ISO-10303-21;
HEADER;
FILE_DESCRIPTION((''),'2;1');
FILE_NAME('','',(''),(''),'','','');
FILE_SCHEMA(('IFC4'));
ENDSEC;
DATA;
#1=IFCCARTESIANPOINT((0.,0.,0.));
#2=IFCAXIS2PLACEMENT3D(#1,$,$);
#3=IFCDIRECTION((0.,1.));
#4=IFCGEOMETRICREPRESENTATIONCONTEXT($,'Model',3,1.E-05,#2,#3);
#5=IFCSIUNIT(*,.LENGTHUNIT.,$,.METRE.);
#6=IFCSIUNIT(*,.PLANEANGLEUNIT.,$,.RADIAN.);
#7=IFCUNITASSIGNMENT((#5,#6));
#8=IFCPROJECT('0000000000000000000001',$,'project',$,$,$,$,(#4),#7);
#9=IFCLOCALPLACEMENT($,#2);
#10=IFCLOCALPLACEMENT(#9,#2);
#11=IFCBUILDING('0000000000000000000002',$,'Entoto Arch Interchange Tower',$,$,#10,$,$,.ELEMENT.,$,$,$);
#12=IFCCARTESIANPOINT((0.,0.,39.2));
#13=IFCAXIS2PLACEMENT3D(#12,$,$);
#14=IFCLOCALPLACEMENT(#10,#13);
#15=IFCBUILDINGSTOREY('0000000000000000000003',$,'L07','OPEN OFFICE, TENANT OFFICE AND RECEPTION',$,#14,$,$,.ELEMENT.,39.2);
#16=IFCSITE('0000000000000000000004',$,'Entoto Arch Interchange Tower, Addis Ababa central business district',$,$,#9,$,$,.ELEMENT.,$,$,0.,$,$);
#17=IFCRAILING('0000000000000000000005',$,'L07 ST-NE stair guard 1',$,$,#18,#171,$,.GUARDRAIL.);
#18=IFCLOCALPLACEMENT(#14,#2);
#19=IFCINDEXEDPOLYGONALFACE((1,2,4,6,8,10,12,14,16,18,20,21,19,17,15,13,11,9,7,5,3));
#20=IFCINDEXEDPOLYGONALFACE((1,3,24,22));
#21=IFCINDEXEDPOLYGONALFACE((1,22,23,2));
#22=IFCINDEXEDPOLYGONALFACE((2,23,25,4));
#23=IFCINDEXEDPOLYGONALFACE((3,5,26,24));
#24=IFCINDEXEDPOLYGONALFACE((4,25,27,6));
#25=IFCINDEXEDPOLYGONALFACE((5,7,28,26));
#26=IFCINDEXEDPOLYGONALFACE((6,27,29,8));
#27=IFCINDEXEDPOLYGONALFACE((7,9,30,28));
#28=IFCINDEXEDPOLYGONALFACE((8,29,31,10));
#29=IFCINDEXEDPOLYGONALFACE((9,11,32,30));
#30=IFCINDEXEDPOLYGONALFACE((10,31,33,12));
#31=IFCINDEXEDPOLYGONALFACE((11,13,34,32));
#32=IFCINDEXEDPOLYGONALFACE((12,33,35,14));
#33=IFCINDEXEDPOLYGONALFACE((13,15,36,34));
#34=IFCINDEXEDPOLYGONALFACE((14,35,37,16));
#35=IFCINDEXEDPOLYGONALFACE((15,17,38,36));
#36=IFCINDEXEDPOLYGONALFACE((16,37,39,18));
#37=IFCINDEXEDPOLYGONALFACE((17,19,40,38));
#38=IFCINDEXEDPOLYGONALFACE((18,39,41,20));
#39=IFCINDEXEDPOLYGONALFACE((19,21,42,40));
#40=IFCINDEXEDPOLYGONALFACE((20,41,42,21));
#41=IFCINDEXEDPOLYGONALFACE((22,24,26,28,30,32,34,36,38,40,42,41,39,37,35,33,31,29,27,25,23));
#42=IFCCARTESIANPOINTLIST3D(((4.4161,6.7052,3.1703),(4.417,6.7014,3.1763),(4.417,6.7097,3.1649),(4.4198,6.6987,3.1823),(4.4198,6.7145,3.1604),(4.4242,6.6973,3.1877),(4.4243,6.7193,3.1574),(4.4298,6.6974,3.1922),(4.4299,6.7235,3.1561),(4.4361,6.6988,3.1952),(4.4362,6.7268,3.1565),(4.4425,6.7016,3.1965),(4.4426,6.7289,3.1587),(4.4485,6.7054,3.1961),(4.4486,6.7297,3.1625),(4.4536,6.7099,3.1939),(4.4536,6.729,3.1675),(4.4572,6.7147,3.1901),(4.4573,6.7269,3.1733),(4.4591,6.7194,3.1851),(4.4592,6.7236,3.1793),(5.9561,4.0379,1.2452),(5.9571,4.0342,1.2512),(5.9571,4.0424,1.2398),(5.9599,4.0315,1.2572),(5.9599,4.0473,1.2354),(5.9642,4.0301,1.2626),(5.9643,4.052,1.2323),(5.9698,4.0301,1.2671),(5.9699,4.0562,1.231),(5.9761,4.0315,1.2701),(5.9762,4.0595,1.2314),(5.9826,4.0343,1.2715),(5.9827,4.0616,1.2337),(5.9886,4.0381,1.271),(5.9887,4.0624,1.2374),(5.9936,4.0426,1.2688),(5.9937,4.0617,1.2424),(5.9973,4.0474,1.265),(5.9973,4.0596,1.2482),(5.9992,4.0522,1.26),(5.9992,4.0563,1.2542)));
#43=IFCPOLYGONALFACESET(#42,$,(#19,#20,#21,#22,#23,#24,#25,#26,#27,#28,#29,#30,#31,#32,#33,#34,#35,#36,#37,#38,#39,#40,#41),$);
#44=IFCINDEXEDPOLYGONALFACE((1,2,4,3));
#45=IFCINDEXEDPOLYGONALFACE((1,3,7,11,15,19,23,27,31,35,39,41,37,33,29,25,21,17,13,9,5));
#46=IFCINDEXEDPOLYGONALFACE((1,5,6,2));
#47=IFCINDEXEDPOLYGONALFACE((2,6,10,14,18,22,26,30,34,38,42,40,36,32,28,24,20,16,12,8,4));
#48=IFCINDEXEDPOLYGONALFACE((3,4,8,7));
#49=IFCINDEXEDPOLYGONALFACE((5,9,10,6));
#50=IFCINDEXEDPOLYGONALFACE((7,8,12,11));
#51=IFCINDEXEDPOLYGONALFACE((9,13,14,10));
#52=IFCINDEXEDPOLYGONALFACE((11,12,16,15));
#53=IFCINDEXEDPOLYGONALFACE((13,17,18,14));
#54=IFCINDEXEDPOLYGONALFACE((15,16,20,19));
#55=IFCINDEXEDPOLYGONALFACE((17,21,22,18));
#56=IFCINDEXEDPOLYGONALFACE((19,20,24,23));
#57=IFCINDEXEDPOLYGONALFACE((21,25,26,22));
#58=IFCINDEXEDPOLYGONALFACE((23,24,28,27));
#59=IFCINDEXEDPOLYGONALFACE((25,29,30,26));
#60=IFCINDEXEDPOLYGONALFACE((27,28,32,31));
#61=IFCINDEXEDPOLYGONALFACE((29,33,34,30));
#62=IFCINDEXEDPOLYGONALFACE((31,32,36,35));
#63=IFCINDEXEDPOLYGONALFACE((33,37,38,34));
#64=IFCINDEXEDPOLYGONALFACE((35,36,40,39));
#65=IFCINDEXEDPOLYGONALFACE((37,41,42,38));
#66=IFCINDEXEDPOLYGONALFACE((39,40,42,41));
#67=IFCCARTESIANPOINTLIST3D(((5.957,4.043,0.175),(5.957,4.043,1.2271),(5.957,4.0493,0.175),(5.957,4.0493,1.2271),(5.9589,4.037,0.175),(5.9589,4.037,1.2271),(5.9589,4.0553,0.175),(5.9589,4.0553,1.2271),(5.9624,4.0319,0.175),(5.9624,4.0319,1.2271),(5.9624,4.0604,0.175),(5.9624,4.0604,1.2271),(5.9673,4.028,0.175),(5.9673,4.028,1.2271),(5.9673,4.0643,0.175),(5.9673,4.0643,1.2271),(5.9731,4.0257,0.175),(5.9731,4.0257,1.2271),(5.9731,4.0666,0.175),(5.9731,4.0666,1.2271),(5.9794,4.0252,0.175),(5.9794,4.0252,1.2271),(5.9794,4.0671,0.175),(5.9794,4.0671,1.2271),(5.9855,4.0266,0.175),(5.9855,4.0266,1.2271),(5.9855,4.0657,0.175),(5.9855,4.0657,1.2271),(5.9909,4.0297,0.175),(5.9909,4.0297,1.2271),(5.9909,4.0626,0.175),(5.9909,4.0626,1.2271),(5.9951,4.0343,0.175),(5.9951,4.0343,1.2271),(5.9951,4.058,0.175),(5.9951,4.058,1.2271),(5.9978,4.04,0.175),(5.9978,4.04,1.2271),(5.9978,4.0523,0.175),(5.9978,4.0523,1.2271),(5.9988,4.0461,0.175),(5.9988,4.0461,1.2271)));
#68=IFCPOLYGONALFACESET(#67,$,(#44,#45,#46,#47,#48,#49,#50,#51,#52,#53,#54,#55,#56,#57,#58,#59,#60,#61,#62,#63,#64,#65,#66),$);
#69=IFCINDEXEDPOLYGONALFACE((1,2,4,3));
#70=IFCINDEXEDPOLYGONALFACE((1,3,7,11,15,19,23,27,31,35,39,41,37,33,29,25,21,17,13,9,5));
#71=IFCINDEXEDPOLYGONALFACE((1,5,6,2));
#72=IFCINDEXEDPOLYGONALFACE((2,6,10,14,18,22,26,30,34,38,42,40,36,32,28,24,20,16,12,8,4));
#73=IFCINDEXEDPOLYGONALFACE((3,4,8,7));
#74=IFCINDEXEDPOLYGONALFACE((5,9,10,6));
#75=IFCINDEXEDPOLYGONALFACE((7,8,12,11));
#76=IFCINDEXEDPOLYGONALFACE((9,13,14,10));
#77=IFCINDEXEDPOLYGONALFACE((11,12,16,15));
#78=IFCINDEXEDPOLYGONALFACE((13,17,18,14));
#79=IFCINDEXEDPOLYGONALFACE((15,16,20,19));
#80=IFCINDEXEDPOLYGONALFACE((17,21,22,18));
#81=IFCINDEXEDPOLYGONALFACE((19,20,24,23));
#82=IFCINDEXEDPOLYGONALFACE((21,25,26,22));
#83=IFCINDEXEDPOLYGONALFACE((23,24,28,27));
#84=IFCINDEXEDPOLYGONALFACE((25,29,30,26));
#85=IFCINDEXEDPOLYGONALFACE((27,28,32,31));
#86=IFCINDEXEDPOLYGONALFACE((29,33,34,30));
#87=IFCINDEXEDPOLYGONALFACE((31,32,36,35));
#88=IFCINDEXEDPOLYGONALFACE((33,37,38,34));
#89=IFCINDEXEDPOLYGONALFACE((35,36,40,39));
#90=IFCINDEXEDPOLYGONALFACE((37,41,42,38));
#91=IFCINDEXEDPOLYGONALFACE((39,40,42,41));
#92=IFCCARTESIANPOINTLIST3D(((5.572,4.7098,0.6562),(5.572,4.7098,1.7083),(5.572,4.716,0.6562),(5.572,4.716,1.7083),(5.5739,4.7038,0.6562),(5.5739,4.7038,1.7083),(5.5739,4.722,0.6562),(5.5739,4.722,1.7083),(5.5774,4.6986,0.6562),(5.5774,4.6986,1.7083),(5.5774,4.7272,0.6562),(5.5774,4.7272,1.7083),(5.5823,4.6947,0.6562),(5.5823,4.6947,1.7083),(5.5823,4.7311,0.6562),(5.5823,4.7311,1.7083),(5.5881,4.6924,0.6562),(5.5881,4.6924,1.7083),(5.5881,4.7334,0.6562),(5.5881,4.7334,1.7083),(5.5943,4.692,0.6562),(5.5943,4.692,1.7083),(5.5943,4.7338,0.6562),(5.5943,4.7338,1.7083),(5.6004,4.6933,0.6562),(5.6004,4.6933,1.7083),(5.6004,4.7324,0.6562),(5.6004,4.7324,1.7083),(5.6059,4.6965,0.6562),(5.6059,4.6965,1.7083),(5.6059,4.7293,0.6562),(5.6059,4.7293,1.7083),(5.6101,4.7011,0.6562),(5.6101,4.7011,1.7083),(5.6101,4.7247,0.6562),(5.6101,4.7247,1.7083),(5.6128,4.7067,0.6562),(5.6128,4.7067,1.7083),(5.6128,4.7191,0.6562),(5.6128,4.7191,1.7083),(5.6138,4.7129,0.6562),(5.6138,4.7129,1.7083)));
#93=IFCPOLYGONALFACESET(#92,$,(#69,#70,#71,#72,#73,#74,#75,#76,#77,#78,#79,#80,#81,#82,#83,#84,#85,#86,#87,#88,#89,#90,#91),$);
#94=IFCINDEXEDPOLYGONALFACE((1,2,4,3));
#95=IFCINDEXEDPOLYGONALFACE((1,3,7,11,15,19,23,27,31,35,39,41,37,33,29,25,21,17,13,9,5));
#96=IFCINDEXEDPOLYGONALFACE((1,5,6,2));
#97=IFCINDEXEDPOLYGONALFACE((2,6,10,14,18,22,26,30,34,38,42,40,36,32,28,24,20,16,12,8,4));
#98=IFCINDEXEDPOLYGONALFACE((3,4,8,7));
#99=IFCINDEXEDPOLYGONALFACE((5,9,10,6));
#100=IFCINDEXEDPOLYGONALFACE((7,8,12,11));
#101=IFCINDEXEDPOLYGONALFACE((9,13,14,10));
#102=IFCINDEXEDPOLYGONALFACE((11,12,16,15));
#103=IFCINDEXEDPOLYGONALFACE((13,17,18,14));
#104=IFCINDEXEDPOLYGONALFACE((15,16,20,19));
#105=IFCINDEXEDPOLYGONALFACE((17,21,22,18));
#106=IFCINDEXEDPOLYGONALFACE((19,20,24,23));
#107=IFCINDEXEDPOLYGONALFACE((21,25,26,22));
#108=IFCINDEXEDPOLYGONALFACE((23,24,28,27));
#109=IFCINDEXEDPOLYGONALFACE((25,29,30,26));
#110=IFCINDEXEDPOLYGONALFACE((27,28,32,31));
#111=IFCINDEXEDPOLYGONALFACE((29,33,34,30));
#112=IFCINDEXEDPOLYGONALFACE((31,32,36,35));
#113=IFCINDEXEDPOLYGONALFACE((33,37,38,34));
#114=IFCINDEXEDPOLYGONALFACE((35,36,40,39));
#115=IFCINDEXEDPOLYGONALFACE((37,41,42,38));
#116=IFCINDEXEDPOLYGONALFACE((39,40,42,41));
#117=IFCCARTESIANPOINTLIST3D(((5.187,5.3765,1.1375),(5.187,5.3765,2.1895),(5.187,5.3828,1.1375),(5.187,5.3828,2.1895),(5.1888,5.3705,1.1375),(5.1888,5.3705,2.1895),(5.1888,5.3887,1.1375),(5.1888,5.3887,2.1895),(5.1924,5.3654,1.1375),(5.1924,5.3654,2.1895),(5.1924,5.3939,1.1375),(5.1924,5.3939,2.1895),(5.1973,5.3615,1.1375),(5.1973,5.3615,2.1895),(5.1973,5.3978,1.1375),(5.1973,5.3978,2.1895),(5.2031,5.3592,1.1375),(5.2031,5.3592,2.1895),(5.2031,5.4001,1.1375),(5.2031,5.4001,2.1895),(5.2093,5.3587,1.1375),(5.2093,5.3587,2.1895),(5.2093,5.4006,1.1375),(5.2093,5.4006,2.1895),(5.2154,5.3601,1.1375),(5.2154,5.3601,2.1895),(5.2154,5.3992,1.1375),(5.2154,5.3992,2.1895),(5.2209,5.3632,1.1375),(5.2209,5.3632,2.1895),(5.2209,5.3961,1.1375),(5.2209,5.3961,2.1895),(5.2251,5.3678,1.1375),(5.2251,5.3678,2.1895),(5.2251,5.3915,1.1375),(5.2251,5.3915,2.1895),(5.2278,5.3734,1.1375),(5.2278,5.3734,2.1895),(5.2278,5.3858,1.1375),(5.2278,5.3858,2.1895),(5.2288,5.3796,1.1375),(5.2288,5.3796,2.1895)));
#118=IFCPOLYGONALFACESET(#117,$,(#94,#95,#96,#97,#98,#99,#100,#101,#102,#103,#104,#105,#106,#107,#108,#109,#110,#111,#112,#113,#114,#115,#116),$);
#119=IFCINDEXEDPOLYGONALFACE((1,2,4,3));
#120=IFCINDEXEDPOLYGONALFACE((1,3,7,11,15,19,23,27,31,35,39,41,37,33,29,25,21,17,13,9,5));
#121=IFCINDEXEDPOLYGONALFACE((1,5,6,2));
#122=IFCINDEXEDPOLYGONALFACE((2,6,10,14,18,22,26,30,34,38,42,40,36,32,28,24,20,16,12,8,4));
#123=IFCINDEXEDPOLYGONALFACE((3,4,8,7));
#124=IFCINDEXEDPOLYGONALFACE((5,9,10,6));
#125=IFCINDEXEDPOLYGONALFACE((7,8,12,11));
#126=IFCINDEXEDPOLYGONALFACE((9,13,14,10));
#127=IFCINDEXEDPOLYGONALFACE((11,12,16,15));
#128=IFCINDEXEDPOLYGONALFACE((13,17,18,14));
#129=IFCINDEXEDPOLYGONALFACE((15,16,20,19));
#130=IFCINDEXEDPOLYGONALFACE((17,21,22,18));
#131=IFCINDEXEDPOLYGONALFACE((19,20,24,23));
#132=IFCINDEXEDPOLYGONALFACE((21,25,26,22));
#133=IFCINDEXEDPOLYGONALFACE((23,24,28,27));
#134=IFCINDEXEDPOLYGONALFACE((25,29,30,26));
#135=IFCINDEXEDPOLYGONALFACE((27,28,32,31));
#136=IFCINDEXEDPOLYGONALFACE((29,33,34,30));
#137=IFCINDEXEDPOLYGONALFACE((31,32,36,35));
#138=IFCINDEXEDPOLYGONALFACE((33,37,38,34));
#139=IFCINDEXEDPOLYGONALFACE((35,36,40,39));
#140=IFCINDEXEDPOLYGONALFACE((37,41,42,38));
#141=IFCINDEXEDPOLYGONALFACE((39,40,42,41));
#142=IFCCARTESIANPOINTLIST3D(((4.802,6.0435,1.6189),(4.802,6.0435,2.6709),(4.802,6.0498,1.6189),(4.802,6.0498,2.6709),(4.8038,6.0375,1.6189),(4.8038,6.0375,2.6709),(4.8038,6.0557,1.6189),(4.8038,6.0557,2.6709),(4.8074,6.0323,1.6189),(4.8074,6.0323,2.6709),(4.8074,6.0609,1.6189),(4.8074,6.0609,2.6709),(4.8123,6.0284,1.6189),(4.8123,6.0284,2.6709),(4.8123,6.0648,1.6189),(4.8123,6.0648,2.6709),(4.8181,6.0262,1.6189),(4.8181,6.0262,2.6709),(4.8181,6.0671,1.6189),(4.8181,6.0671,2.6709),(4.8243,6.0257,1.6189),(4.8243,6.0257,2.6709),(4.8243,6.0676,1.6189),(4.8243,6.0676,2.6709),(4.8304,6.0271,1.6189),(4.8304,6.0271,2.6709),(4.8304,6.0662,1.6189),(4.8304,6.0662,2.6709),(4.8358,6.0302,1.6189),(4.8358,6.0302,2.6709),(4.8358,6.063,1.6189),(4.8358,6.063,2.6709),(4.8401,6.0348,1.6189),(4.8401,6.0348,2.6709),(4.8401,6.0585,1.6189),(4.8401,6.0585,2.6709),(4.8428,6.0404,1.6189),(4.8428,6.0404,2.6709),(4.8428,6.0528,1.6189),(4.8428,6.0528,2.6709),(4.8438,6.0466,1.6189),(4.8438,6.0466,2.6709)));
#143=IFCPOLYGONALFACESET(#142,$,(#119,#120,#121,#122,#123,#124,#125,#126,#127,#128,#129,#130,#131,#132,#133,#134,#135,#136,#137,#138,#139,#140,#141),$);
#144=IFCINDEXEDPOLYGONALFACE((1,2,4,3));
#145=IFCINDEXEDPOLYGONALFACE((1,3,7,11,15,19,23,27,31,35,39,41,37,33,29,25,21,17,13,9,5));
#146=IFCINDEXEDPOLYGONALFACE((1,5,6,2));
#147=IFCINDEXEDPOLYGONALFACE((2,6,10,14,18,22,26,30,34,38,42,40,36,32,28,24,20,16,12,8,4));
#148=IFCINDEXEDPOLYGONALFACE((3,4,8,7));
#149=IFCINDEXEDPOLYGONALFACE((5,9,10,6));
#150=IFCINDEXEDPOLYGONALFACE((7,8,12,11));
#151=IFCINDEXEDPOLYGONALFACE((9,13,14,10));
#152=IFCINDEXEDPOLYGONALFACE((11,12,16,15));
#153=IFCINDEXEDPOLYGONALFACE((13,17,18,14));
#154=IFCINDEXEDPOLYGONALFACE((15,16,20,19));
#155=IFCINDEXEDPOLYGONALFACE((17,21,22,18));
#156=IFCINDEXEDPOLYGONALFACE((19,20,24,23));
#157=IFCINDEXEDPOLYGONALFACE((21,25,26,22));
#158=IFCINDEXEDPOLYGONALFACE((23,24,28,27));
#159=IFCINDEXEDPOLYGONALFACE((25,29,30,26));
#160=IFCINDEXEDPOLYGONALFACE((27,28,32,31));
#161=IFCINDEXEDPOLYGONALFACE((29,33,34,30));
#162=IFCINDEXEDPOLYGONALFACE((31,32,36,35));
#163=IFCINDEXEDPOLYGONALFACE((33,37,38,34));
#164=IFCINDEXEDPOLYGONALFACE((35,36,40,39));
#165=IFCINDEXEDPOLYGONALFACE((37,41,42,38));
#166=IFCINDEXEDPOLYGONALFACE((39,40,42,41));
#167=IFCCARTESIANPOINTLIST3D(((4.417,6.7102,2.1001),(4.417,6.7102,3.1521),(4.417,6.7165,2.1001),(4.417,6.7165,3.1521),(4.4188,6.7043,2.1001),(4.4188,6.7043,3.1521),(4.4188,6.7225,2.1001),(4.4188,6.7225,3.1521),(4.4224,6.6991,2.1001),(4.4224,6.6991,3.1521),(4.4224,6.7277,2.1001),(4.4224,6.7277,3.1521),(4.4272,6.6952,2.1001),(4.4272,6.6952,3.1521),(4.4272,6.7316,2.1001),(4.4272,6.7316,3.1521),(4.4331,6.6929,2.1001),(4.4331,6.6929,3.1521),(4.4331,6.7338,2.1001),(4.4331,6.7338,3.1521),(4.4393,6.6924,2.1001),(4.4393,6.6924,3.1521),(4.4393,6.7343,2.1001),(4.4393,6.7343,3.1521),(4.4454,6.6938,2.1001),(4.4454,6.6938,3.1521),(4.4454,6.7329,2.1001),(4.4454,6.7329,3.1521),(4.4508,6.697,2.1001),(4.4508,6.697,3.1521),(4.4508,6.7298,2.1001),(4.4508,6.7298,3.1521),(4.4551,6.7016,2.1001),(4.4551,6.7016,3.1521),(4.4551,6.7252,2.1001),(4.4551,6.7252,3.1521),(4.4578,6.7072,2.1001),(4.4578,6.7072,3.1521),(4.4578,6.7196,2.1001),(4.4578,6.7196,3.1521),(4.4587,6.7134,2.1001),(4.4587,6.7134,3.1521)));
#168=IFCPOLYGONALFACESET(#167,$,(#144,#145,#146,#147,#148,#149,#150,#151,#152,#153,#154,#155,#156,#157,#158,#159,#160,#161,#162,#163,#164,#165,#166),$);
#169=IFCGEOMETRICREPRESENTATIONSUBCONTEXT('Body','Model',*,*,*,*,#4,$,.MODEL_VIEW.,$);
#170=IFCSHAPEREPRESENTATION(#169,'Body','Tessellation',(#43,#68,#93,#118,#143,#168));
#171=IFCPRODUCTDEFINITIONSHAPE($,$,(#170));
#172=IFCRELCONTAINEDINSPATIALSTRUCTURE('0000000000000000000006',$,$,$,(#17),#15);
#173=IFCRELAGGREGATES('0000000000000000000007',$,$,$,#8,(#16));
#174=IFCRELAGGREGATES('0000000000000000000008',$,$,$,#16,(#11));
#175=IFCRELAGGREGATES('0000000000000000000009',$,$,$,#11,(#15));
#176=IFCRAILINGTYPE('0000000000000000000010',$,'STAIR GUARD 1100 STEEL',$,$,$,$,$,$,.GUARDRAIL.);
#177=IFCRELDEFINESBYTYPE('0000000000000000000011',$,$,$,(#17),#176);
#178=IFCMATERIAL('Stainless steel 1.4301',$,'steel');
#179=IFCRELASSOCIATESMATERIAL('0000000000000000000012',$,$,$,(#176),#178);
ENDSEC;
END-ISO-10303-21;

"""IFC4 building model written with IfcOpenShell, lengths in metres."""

from ifc_helpers import new_model, si_unit, direction, frame, origin, origin_2d, place, context, subcontext, project, spatial, circle, extrude, material, type_object, element, save


model = new_model("IFC4")

# Units and contexts
model_context = context("Model", 3, precision=1e-05, world=origin(), true_north=direction((0.0, 1.0)))
body_context = subcontext(model_context, "Body", "Model", "MODEL_VIEW")
ifc_project = project(units=[si_unit("LENGTHUNIT", "METRE"), si_unit("PLANEANGLEUNIT", "RADIAN")], contexts=[model_context])

# Site, building, storey
site_placement = place(None, origin())
site = spatial("IfcSite", under=ifc_project, at=site_placement, Name="Entoto Arch Interchange Tower, Addis Ababa central business district", CompositionType="ELEMENT", RefElevation=0.0)
building_placement = place(site_placement, origin())
building = spatial("IfcBuilding", under=site, at=building_placement, Name="Entoto Arch Interchange Tower", CompositionType="ELEMENT")
storey_placement = place(building_placement, frame((0.0, 0.0, 39.2)))
storey = spatial("IfcBuildingStorey", under=building, at=storey_placement, Name="L07", Description="OPEN OFFICE, TENANT OFFICE AND RECEPTION", CompositionType="ELEMENT", Elevation=39.2)

# Railing
ifc_material_1 = material(Name="Stainless steel 1.4301", Category="steel")
railing_type_1 = type_object("IfcRailingType", Name="STAIR GUARD 1100 STEEL", PredefinedType="GUARDRAIL", material=ifc_material_1)
railing_1_placement = place(storey_placement, frame((5.9778, 4.0461, 0.175)))
element("IfcRailing", 1, at=railing_1_placement, inside=storey, type_object=railing_type_1, Name="L07 ST-NE stair guard 1", PredefinedType="GUARDRAIL", context=body_context, shape_type="SweptSolid", body=[
    extrude(circle(Radius=0.0239, at=origin_2d()), frame((0.0, 0.0, 1.0762), z_axis=(-0.424015, 0.734364, 0.530019), x_axis=(-0.86601, -0.500027, 0.0)), (0.0, 0.0, 1.0), 3.6321),
    extrude(circle(Radius=0.021, at=origin_2d()), origin(), (0.0, 0.0, 1.0), 1.052),
    extrude(circle(Radius=0.021, at=origin_2d()), frame((-0.385, 0.6667, 0.4812)), (0.0, 0.0, 1.0), 1.052),
    extrude(circle(Radius=0.021, at=origin_2d()), frame((-0.77, 1.3335, 0.9624)), (0.0, 0.0, 1.0), 1.052),
    extrude(circle(Radius=0.021, at=origin_2d()), frame((-1.155, 2.0005, 1.4438)), (0.0, 0.0, 1.0), 1.052),
    extrude(circle(Radius=0.021, at=origin_2d()), frame((-1.54, 2.6672, 1.925)), (0.0, 0.0, 1.0), 1.052),
])

save(model, "model.ifc")
